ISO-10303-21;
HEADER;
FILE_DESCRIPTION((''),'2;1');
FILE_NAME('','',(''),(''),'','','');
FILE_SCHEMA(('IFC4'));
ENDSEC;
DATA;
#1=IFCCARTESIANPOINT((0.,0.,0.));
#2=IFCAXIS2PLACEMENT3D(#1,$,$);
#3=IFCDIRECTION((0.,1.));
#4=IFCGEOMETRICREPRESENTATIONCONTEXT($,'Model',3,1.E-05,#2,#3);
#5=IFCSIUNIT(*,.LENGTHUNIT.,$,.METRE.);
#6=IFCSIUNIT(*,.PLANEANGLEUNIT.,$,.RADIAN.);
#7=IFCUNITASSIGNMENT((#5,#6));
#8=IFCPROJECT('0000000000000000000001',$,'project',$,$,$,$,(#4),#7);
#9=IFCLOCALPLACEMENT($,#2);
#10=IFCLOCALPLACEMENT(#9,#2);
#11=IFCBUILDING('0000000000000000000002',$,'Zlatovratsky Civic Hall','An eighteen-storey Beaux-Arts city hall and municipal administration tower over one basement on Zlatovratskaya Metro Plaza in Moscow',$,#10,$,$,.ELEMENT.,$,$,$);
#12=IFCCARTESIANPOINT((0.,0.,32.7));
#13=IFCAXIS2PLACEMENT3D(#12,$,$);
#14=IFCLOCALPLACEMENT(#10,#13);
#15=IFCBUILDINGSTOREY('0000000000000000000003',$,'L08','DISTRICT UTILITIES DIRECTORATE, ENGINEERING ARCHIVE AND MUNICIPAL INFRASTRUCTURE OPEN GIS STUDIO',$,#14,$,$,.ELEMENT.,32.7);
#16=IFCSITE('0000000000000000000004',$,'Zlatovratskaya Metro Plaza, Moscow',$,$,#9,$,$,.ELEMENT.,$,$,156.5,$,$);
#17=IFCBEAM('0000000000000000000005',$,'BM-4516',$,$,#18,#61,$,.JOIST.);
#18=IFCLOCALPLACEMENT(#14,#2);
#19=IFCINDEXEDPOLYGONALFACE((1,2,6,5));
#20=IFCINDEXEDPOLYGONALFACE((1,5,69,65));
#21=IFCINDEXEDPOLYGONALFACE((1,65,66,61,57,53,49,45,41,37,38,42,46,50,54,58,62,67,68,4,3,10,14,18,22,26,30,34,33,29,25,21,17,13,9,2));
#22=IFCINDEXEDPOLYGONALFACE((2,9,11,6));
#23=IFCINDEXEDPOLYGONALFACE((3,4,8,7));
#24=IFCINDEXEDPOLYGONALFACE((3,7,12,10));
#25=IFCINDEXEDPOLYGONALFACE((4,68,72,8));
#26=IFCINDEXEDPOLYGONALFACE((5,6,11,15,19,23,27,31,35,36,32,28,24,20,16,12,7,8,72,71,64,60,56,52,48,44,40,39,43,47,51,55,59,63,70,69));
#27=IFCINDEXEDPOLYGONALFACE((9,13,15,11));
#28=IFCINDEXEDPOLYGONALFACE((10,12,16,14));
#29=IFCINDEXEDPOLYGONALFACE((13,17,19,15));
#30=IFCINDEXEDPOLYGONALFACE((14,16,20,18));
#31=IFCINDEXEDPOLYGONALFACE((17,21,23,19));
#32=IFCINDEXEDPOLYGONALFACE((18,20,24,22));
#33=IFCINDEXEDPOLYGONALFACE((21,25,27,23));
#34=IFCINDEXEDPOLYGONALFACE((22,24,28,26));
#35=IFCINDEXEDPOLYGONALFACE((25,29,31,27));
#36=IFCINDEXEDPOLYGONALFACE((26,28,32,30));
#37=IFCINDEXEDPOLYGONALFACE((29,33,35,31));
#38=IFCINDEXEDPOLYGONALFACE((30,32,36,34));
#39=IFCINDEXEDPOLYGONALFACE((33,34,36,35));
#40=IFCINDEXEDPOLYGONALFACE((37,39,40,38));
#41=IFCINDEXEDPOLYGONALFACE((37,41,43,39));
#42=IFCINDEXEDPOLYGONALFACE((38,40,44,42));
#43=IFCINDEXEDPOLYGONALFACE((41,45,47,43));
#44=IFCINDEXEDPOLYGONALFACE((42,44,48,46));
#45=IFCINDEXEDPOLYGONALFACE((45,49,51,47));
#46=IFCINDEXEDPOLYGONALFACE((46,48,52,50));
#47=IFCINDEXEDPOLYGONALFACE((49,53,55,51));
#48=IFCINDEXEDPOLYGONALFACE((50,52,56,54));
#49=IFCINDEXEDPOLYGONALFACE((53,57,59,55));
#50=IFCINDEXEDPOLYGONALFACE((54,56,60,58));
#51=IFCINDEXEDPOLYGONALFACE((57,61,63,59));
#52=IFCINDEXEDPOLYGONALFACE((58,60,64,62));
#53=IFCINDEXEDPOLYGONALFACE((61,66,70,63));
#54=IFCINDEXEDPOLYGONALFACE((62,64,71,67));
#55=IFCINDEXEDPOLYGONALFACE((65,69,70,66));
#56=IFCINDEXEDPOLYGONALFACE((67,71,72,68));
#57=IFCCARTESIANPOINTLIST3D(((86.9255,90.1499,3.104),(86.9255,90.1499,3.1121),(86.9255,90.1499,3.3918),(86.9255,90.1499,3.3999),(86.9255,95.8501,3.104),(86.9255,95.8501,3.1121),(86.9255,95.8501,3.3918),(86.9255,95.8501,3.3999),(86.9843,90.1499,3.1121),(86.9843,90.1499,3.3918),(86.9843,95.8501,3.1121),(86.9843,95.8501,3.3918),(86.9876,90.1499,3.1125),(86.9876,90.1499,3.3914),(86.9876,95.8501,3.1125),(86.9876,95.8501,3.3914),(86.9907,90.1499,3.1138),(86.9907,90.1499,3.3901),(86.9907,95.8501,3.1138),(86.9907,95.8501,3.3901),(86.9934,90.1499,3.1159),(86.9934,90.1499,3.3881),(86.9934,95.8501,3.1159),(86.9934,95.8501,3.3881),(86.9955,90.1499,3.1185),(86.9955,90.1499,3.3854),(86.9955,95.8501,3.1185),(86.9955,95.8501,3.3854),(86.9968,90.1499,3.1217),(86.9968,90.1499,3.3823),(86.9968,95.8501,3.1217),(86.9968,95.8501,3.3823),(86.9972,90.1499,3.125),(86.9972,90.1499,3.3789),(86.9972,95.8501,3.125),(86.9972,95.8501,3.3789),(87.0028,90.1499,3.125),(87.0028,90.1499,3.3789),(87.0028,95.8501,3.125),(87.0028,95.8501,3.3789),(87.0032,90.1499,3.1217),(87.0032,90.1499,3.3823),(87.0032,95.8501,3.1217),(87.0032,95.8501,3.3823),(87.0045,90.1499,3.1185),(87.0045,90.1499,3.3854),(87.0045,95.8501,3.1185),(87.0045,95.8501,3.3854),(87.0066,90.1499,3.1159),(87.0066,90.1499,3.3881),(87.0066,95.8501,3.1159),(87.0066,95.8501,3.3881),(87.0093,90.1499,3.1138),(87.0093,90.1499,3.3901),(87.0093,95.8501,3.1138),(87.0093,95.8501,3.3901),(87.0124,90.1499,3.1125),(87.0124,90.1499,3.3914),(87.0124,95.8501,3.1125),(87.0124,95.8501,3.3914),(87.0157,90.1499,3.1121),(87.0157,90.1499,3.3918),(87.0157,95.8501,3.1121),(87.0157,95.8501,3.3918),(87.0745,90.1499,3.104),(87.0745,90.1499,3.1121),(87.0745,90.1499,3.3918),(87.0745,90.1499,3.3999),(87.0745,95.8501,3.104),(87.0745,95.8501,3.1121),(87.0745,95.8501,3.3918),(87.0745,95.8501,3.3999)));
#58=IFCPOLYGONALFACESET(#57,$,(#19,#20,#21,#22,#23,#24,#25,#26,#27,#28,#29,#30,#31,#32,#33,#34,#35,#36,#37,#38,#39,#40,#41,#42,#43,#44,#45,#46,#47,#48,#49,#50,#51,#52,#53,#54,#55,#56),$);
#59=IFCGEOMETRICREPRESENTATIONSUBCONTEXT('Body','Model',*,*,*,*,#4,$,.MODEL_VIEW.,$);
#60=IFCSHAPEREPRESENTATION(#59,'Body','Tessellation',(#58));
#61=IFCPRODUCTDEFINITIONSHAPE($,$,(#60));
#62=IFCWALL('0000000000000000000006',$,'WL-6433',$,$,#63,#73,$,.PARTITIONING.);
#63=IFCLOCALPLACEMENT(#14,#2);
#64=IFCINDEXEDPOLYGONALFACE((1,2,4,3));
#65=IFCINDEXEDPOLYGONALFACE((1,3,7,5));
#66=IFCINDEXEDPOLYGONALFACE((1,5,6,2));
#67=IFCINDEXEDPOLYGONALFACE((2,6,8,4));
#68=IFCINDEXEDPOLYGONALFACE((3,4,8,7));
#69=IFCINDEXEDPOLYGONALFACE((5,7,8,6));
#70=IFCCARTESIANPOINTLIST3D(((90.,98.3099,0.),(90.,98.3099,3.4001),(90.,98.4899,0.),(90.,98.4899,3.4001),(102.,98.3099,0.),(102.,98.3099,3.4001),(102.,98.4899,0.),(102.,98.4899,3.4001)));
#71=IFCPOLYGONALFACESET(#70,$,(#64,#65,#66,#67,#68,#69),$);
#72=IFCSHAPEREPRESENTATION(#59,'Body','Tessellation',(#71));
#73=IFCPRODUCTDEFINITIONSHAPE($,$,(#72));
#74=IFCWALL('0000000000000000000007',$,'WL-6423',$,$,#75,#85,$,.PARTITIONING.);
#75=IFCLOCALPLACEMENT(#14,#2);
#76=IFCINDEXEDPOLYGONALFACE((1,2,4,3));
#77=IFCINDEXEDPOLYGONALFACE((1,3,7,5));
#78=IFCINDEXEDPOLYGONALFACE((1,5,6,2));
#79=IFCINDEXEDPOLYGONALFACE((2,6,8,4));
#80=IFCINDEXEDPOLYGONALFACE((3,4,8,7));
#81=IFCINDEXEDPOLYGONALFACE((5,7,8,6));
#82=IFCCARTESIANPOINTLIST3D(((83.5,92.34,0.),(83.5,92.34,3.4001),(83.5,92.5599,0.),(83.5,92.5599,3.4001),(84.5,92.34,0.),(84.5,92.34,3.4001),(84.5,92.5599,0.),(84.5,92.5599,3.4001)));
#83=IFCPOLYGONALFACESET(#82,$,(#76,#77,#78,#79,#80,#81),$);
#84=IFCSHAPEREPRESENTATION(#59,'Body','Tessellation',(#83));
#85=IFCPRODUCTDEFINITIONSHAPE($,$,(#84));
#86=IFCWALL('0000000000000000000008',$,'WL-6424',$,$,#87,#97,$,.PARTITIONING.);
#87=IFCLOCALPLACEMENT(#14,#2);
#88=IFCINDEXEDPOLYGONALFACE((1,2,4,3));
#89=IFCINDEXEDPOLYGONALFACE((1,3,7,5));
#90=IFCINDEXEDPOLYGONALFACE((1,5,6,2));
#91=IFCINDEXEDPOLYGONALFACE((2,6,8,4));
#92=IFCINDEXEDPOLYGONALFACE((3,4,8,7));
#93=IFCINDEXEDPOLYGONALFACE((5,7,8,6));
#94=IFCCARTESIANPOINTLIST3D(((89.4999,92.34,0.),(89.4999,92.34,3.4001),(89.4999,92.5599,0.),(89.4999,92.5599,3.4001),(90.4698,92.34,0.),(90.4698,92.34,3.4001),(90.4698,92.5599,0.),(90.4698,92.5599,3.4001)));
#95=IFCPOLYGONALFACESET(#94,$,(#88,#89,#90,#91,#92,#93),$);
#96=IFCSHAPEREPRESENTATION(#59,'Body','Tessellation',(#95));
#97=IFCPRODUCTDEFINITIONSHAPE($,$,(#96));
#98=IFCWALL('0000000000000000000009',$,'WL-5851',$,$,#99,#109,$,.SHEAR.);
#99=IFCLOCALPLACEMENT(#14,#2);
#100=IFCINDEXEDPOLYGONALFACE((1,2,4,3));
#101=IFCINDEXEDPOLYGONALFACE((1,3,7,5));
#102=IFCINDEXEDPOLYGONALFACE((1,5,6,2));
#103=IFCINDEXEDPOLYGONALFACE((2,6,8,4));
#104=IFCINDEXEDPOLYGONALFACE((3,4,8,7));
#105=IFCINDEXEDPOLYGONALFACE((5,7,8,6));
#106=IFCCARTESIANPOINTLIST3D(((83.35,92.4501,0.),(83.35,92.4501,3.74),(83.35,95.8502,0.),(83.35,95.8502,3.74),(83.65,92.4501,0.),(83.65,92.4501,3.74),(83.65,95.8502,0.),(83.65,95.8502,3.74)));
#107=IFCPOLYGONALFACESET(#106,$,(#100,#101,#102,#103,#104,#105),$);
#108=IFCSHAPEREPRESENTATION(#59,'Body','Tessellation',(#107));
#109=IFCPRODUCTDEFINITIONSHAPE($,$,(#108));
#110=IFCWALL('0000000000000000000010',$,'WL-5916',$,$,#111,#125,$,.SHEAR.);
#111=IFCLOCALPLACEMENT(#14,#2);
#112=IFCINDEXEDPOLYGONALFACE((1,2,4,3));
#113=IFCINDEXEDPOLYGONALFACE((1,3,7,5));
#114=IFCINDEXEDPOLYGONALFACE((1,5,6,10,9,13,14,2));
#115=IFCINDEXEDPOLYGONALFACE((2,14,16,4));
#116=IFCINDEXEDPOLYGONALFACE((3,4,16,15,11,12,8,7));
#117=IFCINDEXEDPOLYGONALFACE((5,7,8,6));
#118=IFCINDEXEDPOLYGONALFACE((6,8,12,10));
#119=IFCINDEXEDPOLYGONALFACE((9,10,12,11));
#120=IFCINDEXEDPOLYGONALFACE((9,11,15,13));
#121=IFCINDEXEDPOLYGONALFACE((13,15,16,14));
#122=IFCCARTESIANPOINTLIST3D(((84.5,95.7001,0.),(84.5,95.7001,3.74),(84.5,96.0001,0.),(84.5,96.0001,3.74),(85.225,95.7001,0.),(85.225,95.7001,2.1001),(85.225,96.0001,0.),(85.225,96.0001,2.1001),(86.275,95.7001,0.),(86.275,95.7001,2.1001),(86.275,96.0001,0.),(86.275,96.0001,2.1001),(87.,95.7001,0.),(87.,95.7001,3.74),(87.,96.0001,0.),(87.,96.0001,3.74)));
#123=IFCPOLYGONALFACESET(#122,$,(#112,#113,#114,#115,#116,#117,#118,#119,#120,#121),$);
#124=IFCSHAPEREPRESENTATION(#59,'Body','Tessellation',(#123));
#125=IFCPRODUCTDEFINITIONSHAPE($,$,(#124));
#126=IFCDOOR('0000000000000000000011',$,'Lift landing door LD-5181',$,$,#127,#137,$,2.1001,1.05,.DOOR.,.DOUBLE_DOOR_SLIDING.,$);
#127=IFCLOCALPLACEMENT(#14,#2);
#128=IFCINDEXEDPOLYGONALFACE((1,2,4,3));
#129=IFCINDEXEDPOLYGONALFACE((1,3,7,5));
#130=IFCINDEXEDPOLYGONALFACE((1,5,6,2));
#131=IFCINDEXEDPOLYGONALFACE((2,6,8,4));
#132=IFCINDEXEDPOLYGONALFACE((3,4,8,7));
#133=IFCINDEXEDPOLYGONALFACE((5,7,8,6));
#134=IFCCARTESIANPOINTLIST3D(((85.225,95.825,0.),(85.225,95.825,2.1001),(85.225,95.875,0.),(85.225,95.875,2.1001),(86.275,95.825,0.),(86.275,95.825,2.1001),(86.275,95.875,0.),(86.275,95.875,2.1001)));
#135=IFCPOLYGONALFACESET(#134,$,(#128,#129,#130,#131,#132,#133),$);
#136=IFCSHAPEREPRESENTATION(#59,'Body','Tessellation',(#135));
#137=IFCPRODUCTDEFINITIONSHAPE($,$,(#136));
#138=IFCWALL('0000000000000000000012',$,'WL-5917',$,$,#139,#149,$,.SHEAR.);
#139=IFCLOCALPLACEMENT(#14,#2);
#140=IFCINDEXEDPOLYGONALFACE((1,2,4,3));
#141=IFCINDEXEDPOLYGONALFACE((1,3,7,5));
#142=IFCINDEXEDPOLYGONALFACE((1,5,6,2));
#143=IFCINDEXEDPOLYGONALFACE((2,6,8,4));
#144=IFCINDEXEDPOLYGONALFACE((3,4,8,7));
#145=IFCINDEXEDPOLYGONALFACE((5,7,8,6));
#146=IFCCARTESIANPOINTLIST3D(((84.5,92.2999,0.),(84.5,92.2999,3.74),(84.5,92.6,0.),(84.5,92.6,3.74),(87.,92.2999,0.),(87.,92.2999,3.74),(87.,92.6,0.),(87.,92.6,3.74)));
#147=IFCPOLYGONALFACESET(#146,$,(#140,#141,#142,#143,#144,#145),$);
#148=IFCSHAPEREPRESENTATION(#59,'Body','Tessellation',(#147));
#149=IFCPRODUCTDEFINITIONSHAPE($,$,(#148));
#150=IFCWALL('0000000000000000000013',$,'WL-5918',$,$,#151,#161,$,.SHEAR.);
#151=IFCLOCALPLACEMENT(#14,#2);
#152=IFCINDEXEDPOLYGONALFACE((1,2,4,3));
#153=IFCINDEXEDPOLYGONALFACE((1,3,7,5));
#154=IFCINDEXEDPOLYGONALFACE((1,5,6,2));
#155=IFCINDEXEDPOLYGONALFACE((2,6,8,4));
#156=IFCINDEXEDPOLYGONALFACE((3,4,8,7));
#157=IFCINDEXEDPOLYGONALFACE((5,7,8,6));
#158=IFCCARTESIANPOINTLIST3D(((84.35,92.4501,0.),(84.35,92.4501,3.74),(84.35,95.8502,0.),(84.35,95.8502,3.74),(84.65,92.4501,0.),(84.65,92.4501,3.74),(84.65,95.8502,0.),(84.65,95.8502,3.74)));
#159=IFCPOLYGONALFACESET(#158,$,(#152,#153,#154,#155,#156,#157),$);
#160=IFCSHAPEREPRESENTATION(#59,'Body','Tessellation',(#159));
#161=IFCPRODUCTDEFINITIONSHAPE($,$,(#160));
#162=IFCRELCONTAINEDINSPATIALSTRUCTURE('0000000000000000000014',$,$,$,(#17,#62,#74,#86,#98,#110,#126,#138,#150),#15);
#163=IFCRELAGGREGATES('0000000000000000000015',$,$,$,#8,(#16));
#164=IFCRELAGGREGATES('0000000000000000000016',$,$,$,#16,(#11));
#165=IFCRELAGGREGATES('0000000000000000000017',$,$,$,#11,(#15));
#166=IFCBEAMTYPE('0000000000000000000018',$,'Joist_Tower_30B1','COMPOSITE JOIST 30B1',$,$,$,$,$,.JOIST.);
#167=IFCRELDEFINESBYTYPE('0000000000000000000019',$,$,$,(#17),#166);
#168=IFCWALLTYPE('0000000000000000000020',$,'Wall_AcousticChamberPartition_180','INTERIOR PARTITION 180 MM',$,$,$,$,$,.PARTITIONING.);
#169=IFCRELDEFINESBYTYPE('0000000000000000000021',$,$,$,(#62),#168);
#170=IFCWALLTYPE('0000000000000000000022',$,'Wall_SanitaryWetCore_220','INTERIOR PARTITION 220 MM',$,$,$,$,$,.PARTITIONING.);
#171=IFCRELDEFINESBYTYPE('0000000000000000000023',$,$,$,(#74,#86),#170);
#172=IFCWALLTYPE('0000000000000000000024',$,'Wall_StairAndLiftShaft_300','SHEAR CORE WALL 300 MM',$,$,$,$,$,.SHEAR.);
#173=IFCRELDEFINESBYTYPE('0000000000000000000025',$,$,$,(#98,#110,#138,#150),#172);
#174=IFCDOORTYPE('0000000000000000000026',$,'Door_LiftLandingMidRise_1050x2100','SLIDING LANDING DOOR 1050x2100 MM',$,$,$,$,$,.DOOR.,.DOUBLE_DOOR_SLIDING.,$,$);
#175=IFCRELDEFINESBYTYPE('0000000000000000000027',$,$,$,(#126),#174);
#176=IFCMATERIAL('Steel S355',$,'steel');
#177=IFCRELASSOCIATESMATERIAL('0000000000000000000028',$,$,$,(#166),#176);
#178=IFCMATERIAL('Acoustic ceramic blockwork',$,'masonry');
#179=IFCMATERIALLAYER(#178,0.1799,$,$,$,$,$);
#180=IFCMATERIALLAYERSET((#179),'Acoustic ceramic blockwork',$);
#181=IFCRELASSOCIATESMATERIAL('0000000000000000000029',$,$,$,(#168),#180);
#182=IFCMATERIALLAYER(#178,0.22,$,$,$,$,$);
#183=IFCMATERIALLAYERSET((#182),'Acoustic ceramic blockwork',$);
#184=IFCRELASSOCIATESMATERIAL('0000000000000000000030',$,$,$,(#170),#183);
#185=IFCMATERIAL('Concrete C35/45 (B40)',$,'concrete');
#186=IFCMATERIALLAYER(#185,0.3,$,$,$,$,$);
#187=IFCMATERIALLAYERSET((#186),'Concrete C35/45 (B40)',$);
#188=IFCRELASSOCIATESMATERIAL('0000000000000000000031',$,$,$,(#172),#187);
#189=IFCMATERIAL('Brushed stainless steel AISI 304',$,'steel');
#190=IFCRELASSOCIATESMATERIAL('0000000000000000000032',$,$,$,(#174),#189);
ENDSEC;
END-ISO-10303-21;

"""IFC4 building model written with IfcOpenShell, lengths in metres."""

from ifc_helpers import new_model, si_unit, direction, frame, frame_2d, origin, origin_2d, place, context, subcontext, project, spatial, rectangle, i_section, extrude, material, layer, layer_set, material_profile, profile_set, type_object, element, fill, save


model = new_model("IFC4")

# Units and contexts
model_context = context("Model", 3, precision=1e-05, world=origin(), true_north=direction((0.0, 1.0)))
body_context = subcontext(model_context, "Body", "Model", "MODEL_VIEW")
ifc_project = project(units=[si_unit("LENGTHUNIT", "METRE"), si_unit("PLANEANGLEUNIT", "RADIAN")], contexts=[model_context])

# Site, building, storey
site_placement = place(None, origin())
site = spatial("IfcSite", under=ifc_project, at=site_placement, Name="Zlatovratskaya Metro Plaza, Moscow", CompositionType="ELEMENT", RefElevation=156.5)
building_placement = place(site_placement, origin())
building = spatial("IfcBuilding", under=site, at=building_placement, Name="Zlatovratsky Civic Hall", Description="An eighteen-storey Beaux-Arts city hall and municipal administration tower over one basement on Zlatovratskaya Metro Plaza in Moscow", CompositionType="ELEMENT")
storey_placement = place(building_placement, frame((0.0, 0.0, 32.7)))
storey = spatial("IfcBuildingStorey", under=building, at=storey_placement, Name="L08", Description="DISTRICT UTILITIES DIRECTORATE, ENGINEERING ARCHIVE AND MUNICIPAL INFRASTRUCTURE OPEN GIS STUDIO", CompositionType="ELEMENT", Elevation=32.7)

# Shared definitions
ifc_material_1 = material(Name="Concrete C35/45 (B40)", Category="concrete")
ifc_material_2 = material(Name="Steel S355", Category="steel")

# Beam
ifc_material_profile_1 = material_profile(ifc_material_2, i_section(OverallWidth=0.1489, OverallDepth=0.2959, WebThickness=0.0056, FlangeThickness=0.0081, FilletRadius=0.0129, at=origin_2d()), Name="30B1")
ifc_profile_set_1 = profile_set([ifc_material_profile_1], Name="Steel S355")
beam_type_1 = type_object("IfcBeamType", Name="Joist_Tower_30B1", Description="COMPOSITE JOIST 30B1", PredefinedType="JOIST", material=ifc_profile_set_1)
beam_1_placement = place(storey_placement, frame((87.0, 90.1499, 3.252), z_axis=(0.0, 1.0, 0.0), x_axis=(-1.0, 0.0, 0.0)))
element("IfcBeam", 1, at=beam_1_placement, inside=storey, type_object=beam_type_1, Name="BM-4516", PredefinedType="JOIST", context=body_context, shape_type="SweptSolid", body=[
    extrude(i_section(OverallWidth=0.1489, OverallDepth=0.2959, WebThickness=0.0056, FlangeThickness=0.0081, FilletRadius=0.0129, at=origin_2d()), origin(), (0.0, 0.0, 1.0), 5.7002),
])

# Walls
ifc_material_3 = material(Name="Acoustic ceramic blockwork", Category="masonry")
ifc_layer_1 = layer(ifc_material_3, 0.1799)
ifc_layer_set_1 = layer_set([ifc_layer_1], Name="Acoustic ceramic blockwork")
wall_type_1 = type_object("IfcWallType", Name="Wall_AcousticChamberPartition_180", Description="INTERIOR PARTITION 180 MM", PredefinedType="PARTITIONING", material=ifc_layer_set_1)
wall_1_placement = place(storey_placement, frame((90.0, 98.3999, 0.0), z_axis=(0.0, 0.0, 1.0), x_axis=(1.0, 0.0, 0.0)))
element("IfcWall", 2, at=wall_1_placement, inside=storey, type_object=wall_type_1, Name="WL-6433", PredefinedType="PARTITIONING", context=body_context, shape_type="SweptSolid", body=[
    extrude(rectangle(XDim=12.0, YDim=0.1799, at=frame_2d((6.0, 0.0))), origin(), (0.0, 0.0, 1.0), 3.4001),
])
ifc_layer_2 = layer(ifc_material_3, 0.22)
ifc_layer_set_2 = layer_set([ifc_layer_2], Name="Acoustic ceramic blockwork")
wall_type_2 = type_object("IfcWallType", Name="Wall_SanitaryWetCore_220", Description="INTERIOR PARTITION 220 MM", PredefinedType="PARTITIONING", material=ifc_layer_set_2)
wall_2_placement = place(storey_placement, frame((83.5, 92.45, 0.0), z_axis=(0.0, 0.0, 1.0), x_axis=(1.0, 0.0, 0.0)))
element("IfcWall", 3, at=wall_2_placement, inside=storey, type_object=wall_type_2, Name="WL-6423", PredefinedType="PARTITIONING", context=body_context, shape_type="SweptSolid", body=[
    extrude(rectangle(XDim=1.0, YDim=0.22, at=frame_2d((0.5, 0.0))), origin(), (0.0, 0.0, 1.0), 3.4001),
])
wall_3_placement = place(storey_placement, frame((89.5, 92.45, 0.0), z_axis=(0.0, 0.0, 1.0), x_axis=(1.0, 0.0, 0.0)))
element("IfcWall", 4, at=wall_3_placement, inside=storey, type_object=wall_type_2, Name="WL-6424", PredefinedType="PARTITIONING", context=body_context, shape_type="SweptSolid", body=[
    extrude(rectangle(XDim=0.97, YDim=0.22, at=frame_2d((0.4849, 0.0))), origin(), (0.0, 0.0, 1.0), 3.4001),
])
ifc_layer_3 = layer(ifc_material_1, 0.3)
ifc_layer_set_3 = layer_set([ifc_layer_3], Name="Concrete C35/45 (B40)")
wall_type_3 = type_object("IfcWallType", Name="Wall_StairAndLiftShaft_300", Description="SHEAR CORE WALL 300 MM", PredefinedType="SHEAR", material=ifc_layer_set_3)
wall_4_placement = place(storey_placement, frame((83.5, 92.45, 0.0), z_axis=(0.0, 0.0, 1.0), x_axis=(0.0, 1.0, 0.0)))
element("IfcWall", 5, at=wall_4_placement, inside=storey, type_object=wall_type_3, Name="WL-5851", PredefinedType="SHEAR", context=body_context, shape_type="SweptSolid", body=[
    extrude(rectangle(XDim=3.4001, YDim=0.3, at=frame_2d((1.7002, 0.0))), origin(), (0.0, 0.0, 1.0), 3.74),
])

# Wall, opening, door
wall_5_placement = place(storey_placement, frame((84.5, 95.8501, 0.0), z_axis=(0.0, 0.0, 1.0), x_axis=(1.0, 0.0, 0.0)))
wall_5 = element("IfcWall", 6, at=wall_5_placement, inside=storey, type_object=wall_type_3, Name="WL-5916", PredefinedType="SHEAR", context=body_context, shape_type="SweptSolid", body=[
    extrude(rectangle(XDim=2.5, YDim=0.3, at=frame_2d((1.25, 0.0))), origin(), (0.0, 0.0, 1.0), 3.74),
])
opening_1_placement = place(wall_5_placement, frame((0.7251, 0.0, 0.0)))
opening_1 = element("IfcOpeningElement", 7, at=opening_1_placement, cuts=wall_5, PredefinedType="OPENING", context=body_context, shape_type="SweptSolid", body=[
    extrude(rectangle(XDim=1.05, YDim=2.1001, at=frame_2d((0.5249, 1.05))), frame((0.0, 0.165, 0.0), z_axis=(0.0, -1.0, 0.0), x_axis=(1.0, 0.0, 0.0)), (0.0, 0.0, 1.0), 0.3298),
])
ifc_material_4 = material(Name="Brushed stainless steel AISI 304", Category="steel")
door_type = type_object("IfcDoorType", Name="Door_LiftLandingMidRise_1050x2100", Description="SLIDING LANDING DOOR 1050x2100 MM", OperationType="DOUBLE_DOOR_SLIDING", PredefinedType="DOOR", material=ifc_material_4)
door_1_placement = place(opening_1_placement, origin())
door_1 = element("IfcDoor", 8, at=door_1_placement, inside=storey, type_object=door_type, Name="Lift landing door LD-5181", OperationType="DOUBLE_DOOR_SLIDING", OverallHeight=2.1001, OverallWidth=1.05, PredefinedType="DOOR", context=body_context, shape_type="SweptSolid", body=[
    extrude(rectangle(XDim=1.05, YDim=2.1001, at=frame_2d((0.5249, 1.05))), frame((0.0, 0.0249, 0.0), z_axis=(0.0, -1.0, 0.0), x_axis=(1.0, 0.0, 0.0)), (0.0, 0.0, 1.0), 0.05),
])
fill(opening_1, door_1)

# Walls
wall_6_placement = place(storey_placement, frame((84.5, 92.45, 0.0), z_axis=(0.0, 0.0, 1.0), x_axis=(1.0, 0.0, 0.0)))
element("IfcWall", 9, at=wall_6_placement, inside=storey, type_object=wall_type_3, Name="WL-5917", PredefinedType="SHEAR", context=body_context, shape_type="SweptSolid", body=[
    extrude(rectangle(XDim=2.5, YDim=0.3, at=frame_2d((1.25, 0.0))), origin(), (0.0, 0.0, 1.0), 3.74),
])
wall_7_placement = place(storey_placement, frame((84.5, 92.45, 0.0), z_axis=(0.0, 0.0, 1.0), x_axis=(0.0, 1.0, 0.0)))
element("IfcWall", 10, at=wall_7_placement, inside=storey, type_object=wall_type_3, Name="WL-5918", PredefinedType="SHEAR", context=body_context, shape_type="SweptSolid", body=[
    extrude(rectangle(XDim=3.4001, YDim=0.3, at=frame_2d((1.7002, 0.0))), origin(), (0.0, 0.0, 1.0), 3.74),
])

save(model, "model.ifc")
